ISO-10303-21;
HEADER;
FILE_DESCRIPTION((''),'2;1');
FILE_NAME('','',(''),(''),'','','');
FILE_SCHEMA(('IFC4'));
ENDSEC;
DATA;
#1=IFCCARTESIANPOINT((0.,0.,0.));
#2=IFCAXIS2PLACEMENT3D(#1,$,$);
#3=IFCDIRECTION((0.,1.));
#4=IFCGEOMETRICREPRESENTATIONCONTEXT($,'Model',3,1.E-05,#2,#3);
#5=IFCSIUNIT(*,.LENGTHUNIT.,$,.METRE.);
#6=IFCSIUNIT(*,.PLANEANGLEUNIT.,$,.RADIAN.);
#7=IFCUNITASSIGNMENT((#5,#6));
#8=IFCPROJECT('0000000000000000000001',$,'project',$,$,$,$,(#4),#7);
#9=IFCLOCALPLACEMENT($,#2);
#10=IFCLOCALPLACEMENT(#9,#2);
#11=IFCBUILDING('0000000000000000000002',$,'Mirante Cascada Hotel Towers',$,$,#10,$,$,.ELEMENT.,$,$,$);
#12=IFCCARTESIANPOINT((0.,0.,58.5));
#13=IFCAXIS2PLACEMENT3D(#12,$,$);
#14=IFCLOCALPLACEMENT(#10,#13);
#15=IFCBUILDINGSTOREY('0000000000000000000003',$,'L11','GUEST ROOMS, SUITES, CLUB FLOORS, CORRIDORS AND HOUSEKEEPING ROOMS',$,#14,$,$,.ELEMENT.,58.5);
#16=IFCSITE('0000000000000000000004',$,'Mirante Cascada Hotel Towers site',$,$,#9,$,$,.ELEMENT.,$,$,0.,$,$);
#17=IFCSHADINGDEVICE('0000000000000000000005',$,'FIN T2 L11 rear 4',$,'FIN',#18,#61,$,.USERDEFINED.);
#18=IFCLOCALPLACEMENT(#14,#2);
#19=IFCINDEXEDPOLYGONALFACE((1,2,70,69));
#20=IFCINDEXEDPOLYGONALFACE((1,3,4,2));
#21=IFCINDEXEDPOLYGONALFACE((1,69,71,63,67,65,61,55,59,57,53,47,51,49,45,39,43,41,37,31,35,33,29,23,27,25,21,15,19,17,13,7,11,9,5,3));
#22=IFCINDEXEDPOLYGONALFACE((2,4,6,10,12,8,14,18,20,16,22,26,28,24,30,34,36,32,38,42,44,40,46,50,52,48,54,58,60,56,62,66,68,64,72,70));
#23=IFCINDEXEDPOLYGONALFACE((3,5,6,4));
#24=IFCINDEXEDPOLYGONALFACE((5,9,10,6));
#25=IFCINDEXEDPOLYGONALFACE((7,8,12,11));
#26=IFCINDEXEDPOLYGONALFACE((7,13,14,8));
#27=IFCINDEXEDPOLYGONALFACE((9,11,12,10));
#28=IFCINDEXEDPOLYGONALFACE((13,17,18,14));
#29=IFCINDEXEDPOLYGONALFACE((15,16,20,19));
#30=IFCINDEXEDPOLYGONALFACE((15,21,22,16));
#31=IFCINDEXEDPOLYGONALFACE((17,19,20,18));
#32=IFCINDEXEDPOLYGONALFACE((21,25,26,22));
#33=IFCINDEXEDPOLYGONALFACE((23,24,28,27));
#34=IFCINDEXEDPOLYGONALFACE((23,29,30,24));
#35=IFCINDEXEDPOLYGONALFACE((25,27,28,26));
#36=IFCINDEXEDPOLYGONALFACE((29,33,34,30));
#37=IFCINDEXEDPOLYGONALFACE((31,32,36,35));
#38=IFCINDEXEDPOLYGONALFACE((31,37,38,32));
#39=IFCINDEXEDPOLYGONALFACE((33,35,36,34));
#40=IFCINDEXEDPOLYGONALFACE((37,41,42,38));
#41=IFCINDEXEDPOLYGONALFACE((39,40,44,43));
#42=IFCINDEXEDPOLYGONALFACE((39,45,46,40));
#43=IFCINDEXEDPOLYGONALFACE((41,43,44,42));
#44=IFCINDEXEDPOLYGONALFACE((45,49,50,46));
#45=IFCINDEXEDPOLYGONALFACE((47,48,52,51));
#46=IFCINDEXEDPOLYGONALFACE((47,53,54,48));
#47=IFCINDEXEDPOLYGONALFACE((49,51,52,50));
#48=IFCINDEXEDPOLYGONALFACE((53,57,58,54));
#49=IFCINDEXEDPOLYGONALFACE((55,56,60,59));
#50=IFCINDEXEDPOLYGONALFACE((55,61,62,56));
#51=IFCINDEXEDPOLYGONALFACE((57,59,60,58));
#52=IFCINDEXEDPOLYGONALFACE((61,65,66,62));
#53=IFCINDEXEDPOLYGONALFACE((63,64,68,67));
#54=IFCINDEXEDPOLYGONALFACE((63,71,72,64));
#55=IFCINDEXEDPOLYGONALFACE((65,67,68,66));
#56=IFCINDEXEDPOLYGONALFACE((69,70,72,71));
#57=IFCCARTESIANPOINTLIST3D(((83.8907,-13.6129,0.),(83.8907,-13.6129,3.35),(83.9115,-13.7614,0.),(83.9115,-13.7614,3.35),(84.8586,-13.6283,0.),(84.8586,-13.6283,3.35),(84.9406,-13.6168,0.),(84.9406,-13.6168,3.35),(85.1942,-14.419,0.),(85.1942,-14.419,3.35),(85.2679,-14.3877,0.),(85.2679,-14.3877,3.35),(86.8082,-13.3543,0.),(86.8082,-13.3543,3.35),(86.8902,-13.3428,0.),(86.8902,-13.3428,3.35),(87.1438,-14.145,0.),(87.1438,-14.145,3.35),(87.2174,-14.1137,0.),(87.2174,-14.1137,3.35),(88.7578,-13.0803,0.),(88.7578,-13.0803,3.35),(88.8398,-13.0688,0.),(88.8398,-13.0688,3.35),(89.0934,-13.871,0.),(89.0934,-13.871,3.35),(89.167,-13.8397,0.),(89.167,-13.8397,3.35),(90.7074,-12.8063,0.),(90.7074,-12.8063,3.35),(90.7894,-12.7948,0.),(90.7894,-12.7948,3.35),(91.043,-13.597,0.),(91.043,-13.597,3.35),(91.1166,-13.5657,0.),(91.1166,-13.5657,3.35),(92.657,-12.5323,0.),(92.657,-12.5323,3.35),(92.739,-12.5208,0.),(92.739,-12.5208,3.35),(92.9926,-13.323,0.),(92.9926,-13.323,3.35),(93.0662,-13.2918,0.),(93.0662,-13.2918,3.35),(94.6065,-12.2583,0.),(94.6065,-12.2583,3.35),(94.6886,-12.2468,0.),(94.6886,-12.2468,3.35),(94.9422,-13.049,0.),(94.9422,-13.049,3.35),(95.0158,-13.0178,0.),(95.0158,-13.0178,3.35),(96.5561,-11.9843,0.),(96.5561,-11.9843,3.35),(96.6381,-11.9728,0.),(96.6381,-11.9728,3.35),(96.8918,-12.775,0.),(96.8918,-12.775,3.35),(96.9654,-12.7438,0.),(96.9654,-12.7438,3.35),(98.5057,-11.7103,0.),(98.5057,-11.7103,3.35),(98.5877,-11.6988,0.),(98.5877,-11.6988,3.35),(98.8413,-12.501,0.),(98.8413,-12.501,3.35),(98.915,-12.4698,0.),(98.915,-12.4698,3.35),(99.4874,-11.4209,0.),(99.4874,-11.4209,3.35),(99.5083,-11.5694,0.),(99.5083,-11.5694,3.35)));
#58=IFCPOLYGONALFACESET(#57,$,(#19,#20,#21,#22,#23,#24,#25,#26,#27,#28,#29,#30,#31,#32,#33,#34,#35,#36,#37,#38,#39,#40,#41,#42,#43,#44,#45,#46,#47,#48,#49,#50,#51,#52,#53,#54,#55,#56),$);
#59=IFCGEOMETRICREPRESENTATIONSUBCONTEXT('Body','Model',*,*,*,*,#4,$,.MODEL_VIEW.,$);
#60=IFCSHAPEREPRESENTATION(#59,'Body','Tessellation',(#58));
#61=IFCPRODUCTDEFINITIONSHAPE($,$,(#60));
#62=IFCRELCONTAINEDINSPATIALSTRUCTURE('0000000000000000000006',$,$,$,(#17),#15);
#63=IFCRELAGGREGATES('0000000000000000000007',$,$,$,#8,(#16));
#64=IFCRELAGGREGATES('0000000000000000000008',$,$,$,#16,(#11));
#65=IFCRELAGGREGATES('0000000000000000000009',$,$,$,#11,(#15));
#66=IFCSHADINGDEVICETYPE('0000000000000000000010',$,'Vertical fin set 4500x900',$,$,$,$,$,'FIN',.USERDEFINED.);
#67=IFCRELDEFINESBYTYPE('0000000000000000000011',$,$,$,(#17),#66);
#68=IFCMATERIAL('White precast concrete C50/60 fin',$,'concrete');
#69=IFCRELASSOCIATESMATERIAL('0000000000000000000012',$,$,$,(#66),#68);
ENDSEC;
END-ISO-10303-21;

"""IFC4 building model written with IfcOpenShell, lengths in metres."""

from ifc_helpers import new_model, si_unit, direction, frame, origin, place, context, subcontext, project, spatial, polyline, outline, extrude, material, type_object, element, save


model = new_model("IFC4")

# Units and contexts
model_context = context("Model", 3, precision=1e-05, world=origin(), true_north=direction((0.0, 1.0)))
body_context = subcontext(model_context, "Body", "Model", "MODEL_VIEW")
ifc_project = project(units=[si_unit("LENGTHUNIT", "METRE"), si_unit("PLANEANGLEUNIT", "RADIAN")], contexts=[model_context])

# Site, building, storey
site_placement = place(None, origin())
site = spatial("IfcSite", under=ifc_project, at=site_placement, Name="Mirante Cascada Hotel Towers site", CompositionType="ELEMENT", RefElevation=0.0)
building_placement = place(site_placement, origin())
building = spatial("IfcBuilding", under=site, at=building_placement, Name="Mirante Cascada Hotel Towers", CompositionType="ELEMENT")
storey_placement = place(building_placement, frame((0.0, 0.0, 58.5)))
storey = spatial("IfcBuildingStorey", under=building, at=storey_placement, Name="L11", Description="GUEST ROOMS, SUITES, CLUB FLOORS, CORRIDORS AND HOUSEKEEPING ROOMS", CompositionType="ELEMENT", Elevation=58.5)

# Shading device
ifc_material_1 = material(Name="White precast concrete C50/60 fin", Category="concrete")
shading_device_type = type_object("IfcShadingDeviceType", Name="Vertical fin set 4500x900", ElementType="FIN", PredefinedType="USERDEFINED", material=ifc_material_1)
shading_device_1_placement = place(storey_placement, origin())
element("IfcShadingDevice", 1, at=shading_device_1_placement, inside=storey, type_object=shading_device_type, Name="FIN T2 L11 rear 4", ObjectType="FIN", PredefinedType="USERDEFINED", context=body_context, shape_type="SweptSolid", body=[
    extrude(outline(polyline([(85.1942, -14.419), (84.8586, -13.6283), (83.9115, -13.7614), (83.8907, -13.6129), (99.4874, -11.4209), (99.5083, -11.5694), (98.5877, -11.6988), (98.915, -12.4698), (98.8413, -12.501), (98.5057, -11.7103), (96.6381, -11.9728), (96.9654, -12.7438), (96.8918, -12.775), (96.5561, -11.9843), (94.6886, -12.2468), (95.0158, -13.0178), (94.9422, -13.049), (94.6065, -12.2583), (92.739, -12.5208), (93.0662, -13.2918), (92.9926, -13.323), (92.657, -12.5323), (90.7894, -12.7948), (91.1166, -13.5657), (91.043, -13.597), (90.7074, -12.8063), (88.8398, -13.0688), (89.167, -13.8397), (89.0934, -13.871), (88.7578, -13.0803), (86.8902, -13.3428), (87.2174, -14.1137), (87.1438, -14.145), (86.8082, -13.3543), (84.9406, -13.6168), (85.2679, -14.3877), (85.1942, -14.419)])), origin(), (0.0, 0.0, 1.0), 3.35),
])

save(model, "model.ifc")
